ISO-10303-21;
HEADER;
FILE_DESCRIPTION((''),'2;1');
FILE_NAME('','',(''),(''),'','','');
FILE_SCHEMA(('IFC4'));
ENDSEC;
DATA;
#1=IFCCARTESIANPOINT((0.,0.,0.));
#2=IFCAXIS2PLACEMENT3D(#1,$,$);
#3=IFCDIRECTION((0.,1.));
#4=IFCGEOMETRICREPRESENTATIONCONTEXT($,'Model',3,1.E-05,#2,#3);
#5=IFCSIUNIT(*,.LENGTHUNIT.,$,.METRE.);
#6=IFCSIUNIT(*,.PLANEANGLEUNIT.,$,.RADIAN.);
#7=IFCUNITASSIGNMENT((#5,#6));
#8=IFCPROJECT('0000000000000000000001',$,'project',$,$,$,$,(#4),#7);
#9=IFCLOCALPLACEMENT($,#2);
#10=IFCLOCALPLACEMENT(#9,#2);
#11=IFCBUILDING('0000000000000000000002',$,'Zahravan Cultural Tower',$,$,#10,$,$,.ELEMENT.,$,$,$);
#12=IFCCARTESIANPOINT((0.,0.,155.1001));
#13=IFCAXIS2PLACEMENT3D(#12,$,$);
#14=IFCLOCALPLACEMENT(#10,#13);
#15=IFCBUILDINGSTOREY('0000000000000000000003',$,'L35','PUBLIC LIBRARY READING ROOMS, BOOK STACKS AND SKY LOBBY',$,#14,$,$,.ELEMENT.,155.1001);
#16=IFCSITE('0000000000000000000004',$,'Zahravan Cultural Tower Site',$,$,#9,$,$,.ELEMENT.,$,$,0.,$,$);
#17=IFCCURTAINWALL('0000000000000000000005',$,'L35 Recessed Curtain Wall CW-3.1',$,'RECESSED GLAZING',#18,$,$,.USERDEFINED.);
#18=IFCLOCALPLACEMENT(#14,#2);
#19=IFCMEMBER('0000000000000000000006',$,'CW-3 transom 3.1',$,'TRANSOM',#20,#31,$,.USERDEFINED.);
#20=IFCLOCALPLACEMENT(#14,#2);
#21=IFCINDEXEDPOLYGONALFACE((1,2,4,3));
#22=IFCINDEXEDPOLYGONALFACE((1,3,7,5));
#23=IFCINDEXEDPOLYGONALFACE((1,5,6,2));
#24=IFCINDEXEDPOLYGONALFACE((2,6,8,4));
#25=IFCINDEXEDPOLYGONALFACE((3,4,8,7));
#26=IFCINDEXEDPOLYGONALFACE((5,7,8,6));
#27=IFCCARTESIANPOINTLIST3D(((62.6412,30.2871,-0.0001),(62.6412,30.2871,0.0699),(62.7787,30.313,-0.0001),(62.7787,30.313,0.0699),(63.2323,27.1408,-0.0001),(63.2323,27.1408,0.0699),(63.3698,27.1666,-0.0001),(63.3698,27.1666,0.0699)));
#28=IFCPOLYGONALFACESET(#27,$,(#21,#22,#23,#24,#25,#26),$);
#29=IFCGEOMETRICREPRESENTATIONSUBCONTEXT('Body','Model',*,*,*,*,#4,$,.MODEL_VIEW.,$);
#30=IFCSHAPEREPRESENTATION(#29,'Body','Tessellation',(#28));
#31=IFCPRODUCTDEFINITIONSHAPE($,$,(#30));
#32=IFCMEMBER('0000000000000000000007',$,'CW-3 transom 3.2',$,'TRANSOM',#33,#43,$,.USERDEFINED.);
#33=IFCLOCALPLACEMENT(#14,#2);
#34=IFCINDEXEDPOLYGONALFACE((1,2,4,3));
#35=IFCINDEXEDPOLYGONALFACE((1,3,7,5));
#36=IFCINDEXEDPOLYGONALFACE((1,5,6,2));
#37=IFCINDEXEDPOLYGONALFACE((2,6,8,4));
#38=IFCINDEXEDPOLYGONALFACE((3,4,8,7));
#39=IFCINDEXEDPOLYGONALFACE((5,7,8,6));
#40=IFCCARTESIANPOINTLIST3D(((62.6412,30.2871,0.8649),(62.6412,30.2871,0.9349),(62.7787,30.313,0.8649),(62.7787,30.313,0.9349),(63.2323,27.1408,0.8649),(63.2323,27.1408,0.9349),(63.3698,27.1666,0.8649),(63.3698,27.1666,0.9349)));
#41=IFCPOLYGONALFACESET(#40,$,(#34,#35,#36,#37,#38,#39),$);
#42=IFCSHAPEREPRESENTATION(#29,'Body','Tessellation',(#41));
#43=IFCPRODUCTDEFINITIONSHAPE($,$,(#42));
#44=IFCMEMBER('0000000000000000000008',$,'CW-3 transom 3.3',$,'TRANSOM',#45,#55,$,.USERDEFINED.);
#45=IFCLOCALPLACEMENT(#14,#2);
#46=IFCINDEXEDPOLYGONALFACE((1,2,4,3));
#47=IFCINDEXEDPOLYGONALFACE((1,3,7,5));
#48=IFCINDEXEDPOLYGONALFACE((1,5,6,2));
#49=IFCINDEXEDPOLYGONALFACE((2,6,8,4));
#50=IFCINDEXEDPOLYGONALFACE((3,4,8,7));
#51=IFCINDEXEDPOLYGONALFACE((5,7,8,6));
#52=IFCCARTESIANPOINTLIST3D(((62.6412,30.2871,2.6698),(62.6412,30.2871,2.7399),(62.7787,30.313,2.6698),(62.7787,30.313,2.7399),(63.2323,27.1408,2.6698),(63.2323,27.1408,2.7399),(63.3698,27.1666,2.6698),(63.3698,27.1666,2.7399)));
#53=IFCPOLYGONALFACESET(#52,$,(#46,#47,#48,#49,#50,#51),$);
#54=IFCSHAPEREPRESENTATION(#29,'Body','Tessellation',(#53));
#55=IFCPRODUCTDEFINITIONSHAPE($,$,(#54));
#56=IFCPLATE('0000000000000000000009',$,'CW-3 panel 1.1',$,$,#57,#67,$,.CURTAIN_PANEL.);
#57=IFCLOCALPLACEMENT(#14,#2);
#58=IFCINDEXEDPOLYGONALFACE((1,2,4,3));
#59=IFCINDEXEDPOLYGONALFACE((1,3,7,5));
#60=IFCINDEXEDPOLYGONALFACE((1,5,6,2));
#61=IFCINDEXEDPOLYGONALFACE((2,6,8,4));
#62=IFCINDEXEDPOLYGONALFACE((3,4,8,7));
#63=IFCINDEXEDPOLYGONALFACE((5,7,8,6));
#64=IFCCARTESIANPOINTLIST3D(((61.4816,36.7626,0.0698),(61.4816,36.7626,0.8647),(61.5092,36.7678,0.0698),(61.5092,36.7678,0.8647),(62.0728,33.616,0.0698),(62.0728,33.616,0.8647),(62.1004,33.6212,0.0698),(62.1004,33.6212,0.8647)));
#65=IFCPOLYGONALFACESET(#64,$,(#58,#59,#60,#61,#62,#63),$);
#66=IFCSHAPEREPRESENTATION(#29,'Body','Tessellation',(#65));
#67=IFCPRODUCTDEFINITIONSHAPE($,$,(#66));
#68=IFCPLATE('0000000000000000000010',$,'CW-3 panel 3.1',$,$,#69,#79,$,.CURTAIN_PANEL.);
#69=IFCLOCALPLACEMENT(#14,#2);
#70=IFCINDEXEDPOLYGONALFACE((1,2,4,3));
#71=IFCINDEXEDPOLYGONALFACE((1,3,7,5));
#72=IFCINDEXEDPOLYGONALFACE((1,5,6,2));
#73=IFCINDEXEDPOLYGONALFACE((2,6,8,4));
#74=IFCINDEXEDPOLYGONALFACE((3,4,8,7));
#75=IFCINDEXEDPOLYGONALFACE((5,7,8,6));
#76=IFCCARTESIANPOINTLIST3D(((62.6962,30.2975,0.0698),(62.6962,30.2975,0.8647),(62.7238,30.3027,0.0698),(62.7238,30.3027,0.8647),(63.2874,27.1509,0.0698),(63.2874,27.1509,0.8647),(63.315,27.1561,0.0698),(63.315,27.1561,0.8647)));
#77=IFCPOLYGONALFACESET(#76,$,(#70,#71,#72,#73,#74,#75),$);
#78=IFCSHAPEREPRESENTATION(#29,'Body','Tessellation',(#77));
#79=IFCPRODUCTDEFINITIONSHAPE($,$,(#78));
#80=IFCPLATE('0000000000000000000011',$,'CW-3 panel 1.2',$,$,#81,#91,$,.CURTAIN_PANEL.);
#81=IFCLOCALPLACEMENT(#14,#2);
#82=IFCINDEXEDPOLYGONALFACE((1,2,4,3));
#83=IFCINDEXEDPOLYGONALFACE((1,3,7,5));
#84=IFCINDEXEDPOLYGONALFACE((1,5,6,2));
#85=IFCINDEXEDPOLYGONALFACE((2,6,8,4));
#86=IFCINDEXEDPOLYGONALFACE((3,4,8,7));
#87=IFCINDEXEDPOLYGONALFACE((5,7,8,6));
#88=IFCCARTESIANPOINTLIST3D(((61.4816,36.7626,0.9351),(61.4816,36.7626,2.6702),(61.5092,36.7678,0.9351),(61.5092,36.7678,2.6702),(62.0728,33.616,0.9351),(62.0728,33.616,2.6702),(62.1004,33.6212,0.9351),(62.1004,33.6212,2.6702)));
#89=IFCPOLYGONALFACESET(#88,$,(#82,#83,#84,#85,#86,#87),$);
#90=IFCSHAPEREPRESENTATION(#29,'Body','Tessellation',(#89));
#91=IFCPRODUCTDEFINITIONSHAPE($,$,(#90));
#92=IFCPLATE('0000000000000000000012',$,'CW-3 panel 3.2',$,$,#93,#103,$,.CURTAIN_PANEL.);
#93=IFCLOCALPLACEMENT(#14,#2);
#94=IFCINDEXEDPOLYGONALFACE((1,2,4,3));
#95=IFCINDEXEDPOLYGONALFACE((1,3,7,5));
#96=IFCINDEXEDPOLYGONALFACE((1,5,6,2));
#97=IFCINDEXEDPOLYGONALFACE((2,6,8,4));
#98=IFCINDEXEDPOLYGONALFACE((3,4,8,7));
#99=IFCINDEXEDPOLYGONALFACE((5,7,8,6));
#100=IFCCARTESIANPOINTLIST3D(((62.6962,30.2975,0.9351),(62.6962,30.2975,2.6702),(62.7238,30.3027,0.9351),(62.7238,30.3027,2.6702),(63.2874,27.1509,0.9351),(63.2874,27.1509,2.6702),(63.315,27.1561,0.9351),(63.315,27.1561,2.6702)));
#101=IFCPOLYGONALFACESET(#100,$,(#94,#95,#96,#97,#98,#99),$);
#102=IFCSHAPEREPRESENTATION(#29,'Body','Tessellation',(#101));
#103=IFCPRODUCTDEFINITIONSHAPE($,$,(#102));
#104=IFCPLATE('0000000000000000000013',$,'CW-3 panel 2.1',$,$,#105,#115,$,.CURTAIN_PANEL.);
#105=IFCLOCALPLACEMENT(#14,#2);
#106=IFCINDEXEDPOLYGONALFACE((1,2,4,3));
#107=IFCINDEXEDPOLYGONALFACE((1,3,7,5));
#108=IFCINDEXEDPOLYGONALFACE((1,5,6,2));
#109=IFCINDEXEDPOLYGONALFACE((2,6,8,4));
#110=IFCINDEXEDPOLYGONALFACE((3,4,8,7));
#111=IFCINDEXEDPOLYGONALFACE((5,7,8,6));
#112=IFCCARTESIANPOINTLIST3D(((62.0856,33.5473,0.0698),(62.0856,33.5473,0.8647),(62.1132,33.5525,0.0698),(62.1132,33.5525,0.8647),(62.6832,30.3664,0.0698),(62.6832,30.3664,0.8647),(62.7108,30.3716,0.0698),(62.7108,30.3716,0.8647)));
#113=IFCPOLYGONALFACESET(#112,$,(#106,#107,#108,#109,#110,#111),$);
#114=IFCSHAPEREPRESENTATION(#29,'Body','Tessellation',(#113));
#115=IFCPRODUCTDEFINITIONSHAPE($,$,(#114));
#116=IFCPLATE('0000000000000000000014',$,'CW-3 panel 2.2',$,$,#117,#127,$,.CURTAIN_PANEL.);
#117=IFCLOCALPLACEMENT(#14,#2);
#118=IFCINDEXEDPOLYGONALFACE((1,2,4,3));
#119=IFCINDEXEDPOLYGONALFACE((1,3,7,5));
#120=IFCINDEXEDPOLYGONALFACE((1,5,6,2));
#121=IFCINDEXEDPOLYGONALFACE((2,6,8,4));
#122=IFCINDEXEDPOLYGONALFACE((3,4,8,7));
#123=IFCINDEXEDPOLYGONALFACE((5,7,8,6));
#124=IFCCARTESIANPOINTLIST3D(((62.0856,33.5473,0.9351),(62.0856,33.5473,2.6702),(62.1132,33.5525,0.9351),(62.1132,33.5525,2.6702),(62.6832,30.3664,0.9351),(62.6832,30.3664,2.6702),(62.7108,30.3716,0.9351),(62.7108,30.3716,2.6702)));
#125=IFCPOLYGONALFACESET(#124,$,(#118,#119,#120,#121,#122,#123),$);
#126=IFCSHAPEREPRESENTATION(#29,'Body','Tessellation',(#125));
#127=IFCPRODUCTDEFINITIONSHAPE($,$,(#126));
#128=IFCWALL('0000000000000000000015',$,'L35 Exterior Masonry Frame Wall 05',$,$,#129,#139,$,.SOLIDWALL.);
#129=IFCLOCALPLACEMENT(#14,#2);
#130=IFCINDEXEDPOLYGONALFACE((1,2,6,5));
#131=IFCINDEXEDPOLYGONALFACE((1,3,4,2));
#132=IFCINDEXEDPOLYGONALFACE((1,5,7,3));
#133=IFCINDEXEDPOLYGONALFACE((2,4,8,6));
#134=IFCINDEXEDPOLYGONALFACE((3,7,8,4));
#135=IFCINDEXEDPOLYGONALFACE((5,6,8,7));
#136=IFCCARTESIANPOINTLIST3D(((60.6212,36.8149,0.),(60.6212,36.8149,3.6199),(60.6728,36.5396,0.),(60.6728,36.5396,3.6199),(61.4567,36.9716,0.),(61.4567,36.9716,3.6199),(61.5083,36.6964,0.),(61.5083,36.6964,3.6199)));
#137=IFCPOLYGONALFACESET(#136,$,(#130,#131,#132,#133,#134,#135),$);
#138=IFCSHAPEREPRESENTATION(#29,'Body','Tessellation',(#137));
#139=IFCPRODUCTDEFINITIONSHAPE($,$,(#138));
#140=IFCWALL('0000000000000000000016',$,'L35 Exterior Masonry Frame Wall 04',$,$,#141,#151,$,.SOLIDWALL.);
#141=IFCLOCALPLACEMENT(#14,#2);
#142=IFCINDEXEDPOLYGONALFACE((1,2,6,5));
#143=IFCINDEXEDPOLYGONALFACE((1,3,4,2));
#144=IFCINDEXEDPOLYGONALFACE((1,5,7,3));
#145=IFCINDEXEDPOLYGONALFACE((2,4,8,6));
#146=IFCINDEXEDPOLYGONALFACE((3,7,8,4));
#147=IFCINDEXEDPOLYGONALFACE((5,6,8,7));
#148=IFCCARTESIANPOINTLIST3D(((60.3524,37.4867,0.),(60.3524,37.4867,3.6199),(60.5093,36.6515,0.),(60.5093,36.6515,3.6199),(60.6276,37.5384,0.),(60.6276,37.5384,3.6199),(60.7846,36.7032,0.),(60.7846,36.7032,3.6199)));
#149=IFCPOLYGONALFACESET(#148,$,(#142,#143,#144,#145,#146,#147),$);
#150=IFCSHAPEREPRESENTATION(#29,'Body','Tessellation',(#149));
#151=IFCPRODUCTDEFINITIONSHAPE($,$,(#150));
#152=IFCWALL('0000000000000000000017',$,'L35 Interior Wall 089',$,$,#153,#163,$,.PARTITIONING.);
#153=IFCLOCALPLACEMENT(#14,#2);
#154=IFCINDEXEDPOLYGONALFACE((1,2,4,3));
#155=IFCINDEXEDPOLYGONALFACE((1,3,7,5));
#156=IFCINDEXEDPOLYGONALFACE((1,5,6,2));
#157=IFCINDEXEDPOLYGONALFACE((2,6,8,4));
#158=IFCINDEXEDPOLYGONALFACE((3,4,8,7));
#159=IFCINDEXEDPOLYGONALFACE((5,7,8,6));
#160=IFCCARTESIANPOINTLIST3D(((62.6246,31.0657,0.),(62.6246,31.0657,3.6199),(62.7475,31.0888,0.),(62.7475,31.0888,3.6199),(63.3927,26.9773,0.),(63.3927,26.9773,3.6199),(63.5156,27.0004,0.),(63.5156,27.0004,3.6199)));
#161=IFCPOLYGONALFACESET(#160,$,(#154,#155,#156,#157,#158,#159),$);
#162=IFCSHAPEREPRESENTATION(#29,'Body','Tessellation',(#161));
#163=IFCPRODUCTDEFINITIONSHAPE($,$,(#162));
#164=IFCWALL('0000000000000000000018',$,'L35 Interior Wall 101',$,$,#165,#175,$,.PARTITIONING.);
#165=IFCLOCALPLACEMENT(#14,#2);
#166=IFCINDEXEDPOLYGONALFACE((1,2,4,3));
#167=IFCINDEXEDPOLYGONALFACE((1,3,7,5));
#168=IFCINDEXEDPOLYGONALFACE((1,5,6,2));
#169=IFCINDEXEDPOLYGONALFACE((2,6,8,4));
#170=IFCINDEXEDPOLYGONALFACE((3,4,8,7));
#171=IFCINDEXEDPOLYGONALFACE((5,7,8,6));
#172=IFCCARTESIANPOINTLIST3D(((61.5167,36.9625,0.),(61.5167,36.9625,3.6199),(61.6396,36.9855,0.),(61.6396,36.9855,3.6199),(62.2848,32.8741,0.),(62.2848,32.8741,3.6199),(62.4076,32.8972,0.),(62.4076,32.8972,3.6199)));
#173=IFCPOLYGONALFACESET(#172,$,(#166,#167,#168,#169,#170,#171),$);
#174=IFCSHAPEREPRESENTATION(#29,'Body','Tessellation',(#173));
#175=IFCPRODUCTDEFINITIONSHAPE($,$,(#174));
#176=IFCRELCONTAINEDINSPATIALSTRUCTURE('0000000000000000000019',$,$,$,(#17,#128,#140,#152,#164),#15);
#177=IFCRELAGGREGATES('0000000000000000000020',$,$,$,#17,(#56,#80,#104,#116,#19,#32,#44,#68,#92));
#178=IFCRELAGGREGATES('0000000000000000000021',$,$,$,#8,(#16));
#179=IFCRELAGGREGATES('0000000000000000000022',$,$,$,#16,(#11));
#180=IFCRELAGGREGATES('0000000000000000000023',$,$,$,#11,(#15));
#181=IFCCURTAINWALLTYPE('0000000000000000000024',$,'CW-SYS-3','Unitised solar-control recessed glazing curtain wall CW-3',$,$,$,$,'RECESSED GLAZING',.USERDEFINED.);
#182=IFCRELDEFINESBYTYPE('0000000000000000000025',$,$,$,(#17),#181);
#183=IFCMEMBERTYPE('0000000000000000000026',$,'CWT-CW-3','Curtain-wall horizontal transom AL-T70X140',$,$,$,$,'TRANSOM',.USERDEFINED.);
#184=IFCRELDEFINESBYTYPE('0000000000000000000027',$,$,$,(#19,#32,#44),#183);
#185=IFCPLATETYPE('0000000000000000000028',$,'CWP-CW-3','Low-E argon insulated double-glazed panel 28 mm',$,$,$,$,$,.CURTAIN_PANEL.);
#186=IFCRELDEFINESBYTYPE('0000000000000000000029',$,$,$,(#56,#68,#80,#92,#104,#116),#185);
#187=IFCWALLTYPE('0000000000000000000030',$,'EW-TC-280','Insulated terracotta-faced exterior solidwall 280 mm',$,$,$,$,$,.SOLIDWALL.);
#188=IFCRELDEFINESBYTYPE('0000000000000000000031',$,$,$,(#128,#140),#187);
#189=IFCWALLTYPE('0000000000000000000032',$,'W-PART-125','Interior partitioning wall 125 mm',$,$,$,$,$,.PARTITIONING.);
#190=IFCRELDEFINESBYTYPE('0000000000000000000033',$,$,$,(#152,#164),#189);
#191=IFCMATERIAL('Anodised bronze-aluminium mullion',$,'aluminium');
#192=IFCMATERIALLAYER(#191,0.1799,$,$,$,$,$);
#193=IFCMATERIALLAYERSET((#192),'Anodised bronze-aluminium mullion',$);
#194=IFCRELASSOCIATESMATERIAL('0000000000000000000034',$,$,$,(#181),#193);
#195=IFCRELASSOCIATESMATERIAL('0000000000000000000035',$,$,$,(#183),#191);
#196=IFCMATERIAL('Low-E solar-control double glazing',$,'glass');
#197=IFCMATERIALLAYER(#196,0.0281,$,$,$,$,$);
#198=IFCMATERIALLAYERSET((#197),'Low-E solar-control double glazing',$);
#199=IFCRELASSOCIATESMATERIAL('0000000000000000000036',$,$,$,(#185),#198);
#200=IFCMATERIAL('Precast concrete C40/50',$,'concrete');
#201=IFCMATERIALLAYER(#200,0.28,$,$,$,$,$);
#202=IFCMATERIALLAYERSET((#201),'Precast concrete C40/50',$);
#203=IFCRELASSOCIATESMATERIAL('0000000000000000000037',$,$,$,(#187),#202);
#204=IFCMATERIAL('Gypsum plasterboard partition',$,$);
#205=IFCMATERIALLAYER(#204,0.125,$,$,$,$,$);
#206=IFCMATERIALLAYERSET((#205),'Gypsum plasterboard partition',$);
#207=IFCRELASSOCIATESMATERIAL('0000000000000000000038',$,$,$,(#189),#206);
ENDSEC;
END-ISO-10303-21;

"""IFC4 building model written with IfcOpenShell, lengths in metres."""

from ifc_helpers import new_model, si_unit, direction, frame, frame_2d, origin, origin_2d, place, context, subcontext, project, spatial, rectangle, extrude, source, transform, mapped, material, layer, layer_set, material_profile, profile_set, type_object, element, aggregate, save


model = new_model("IFC4")

# Units and contexts
model_context = context("Model", 3, precision=1e-05, world=origin(), true_north=direction((0.0, 1.0)))
body_context = subcontext(model_context, "Body", "Model", "MODEL_VIEW")
ifc_project = project(units=[si_unit("LENGTHUNIT", "METRE"), si_unit("PLANEANGLEUNIT", "RADIAN")], contexts=[model_context])

# Site, building, storey
site_placement = place(None, origin())
site = spatial("IfcSite", under=ifc_project, at=site_placement, Name="Zahravan Cultural Tower Site", CompositionType="ELEMENT", RefElevation=0.0)
building_placement = place(site_placement, origin())
building = spatial("IfcBuilding", under=site, at=building_placement, Name="Zahravan Cultural Tower", CompositionType="ELEMENT")
storey_placement = place(building_placement, frame((0.0, 0.0, 155.1001)))
storey = spatial("IfcBuildingStorey", under=building, at=storey_placement, Name="L35", Description="PUBLIC LIBRARY READING ROOMS, BOOK STACKS AND SKY LOBBY", CompositionType="ELEMENT", Elevation=155.1001)

# Curtain wall, members, plates
ifc_material_1 = material(Name="Anodised bronze-aluminium mullion", Category="aluminium")
ifc_layer_1 = layer(ifc_material_1, 0.1799)
ifc_layer_set_1 = layer_set([ifc_layer_1], Name="Anodised bronze-aluminium mullion")
curtain_wall_type = type_object("IfcCurtainWallType", Name="CW-SYS-3", Description="Unitised solar-control recessed glazing curtain wall CW-3", ElementType="RECESSED GLAZING", PredefinedType="USERDEFINED", material=ifc_layer_set_1)
curtain_wall_placement = place(storey_placement, origin())
curtain_wall = element("IfcCurtainWall", 1, at=curtain_wall_placement, inside=storey, type_object=curtain_wall_type, Name="L35 Recessed Curtain Wall CW-3.1", ObjectType="RECESSED GLAZING", PredefinedType="USERDEFINED")
ifc_material_profile_1 = material_profile(ifc_material_1, rectangle(XDim=0.1399, YDim=0.0701, at=origin_2d()), Name="AL-T70X140")
ifc_profile_set_1 = profile_set([ifc_material_profile_1], Name="Anodised bronze-aluminium mullion")
member_type_1 = type_object("IfcMemberType", Name="CWT-CW-3", Description="Curtain-wall horizontal transom AL-T70X140", ElementType="TRANSOM", PredefinedType="USERDEFINED", material=ifc_profile_set_1)
shared_shape_1 = source(origin(), body_context, "Body", "SweptSolid", [
    extrude(rectangle(XDim=0.1399, YDim=0.0701, at=origin_2d()), origin(), (0.0, 0.0, 1.0), 3.2014),
])
member_1_placement = place(storey_placement, frame((62.71, 30.3, 0.0349), z_axis=(0.18462, -0.98281, 0.0), x_axis=(0.98281, 0.18462, 0.0)))
member_1 = element("IfcMember", 2, at=member_1_placement, type_object=member_type_1, Name="CW-3 transom 3.1", ObjectType="TRANSOM", PredefinedType="USERDEFINED", context=body_context, shape_type="MappedRepresentation", body=[
    mapped(shared_shape_1, transform((0.0, 0.0, 0.0), x_axis=(1.0, 0.0, 0.0), y_axis=(0.0, 1.0, 0.0), z_axis=(0.0, 0.0, 1.0), scale=1.0)),
])
member_2_placement = place(storey_placement, frame((62.71, 30.3, 0.8999), z_axis=(0.18462, -0.98281, 0.0), x_axis=(0.98281, 0.18462, 0.0)))
member_2 = element("IfcMember", 3, at=member_2_placement, type_object=member_type_1, Name="CW-3 transom 3.2", ObjectType="TRANSOM", PredefinedType="USERDEFINED", context=body_context, shape_type="MappedRepresentation", body=[
    mapped(shared_shape_1, transform((0.0, 0.0, 0.0), x_axis=(1.0, 0.0, 0.0), y_axis=(0.0, 1.0, 0.0), z_axis=(0.0, 0.0, 1.0), scale=1.0)),
])
member_3_placement = place(storey_placement, frame((62.71, 30.3, 2.7048), z_axis=(0.18462, -0.98281, 0.0), x_axis=(0.98281, 0.18462, 0.0)))
member_3 = element("IfcMember", 4, at=member_3_placement, type_object=member_type_1, Name="CW-3 transom 3.3", ObjectType="TRANSOM", PredefinedType="USERDEFINED", context=body_context, shape_type="MappedRepresentation", body=[
    mapped(shared_shape_1, transform((0.0, 0.0, 0.0), x_axis=(1.0, 0.0, 0.0), y_axis=(0.0, 1.0, 0.0), z_axis=(0.0, 0.0, 1.0), scale=1.0)),
])
ifc_material_2 = material(Name="Low-E solar-control double glazing", Category="glass")
ifc_layer_2 = layer(ifc_material_2, 0.0281)
ifc_layer_set_2 = layer_set([ifc_layer_2], Name="Low-E solar-control double glazing")
plate_type = type_object("IfcPlateType", Name="CWP-CW-3", Description="Low-E argon insulated double-glazed panel 28 mm", PredefinedType="CURTAIN_PANEL", material=ifc_layer_set_2)
shared_shape_2 = source(origin(), body_context, "Body", "SweptSolid", [
    extrude(rectangle(XDim=3.2017, YDim=0.0281, at=origin_2d()), origin(), (0.0, 0.0, 1.0), 0.7949),
])
plate_1_placement = place(storey_placement, frame((61.791, 35.1919, 0.0698), z_axis=(0.0, 0.0, 1.0), x_axis=(0.184638, -0.982807, 0.0)))
plate_1 = element("IfcPlate", 5, at=plate_1_placement, type_object=plate_type, Name="CW-3 panel 1.1", PredefinedType="CURTAIN_PANEL", context=body_context, shape_type="MappedRepresentation", body=[
    mapped(shared_shape_2, transform((0.0, 0.0, 0.0), x_axis=(1.0, 0.0, 0.0), y_axis=(0.0, 1.0, 0.0), z_axis=(0.0, 0.0, 1.0), scale=1.0)),
])
plate_2_placement = place(storey_placement, frame((63.0056, 28.7268, 0.0698), z_axis=(0.0, 0.0, 1.0), x_axis=(0.184638, -0.982807, 0.0)))
plate_2 = element("IfcPlate", 6, at=plate_2_placement, type_object=plate_type, Name="CW-3 panel 3.1", PredefinedType="CURTAIN_PANEL", context=body_context, shape_type="MappedRepresentation", body=[
    mapped(shared_shape_2, transform((0.0, 0.0, 0.0), x_axis=(1.0, 0.0, 0.0), y_axis=(0.0, 1.0, 0.0), z_axis=(0.0, 0.0, 1.0), scale=1.0)),
])
shared_shape_3 = source(origin(), body_context, "Body", "SweptSolid", [
    extrude(rectangle(XDim=3.2017, YDim=0.0281, at=origin_2d()), origin(), (0.0, 0.0, 1.0), 1.7351),
])
plate_3_placement = place(storey_placement, frame((61.791, 35.1919, 0.9351), z_axis=(0.0, 0.0, 1.0), x_axis=(0.184638, -0.982807, 0.0)))
plate_3 = element("IfcPlate", 7, at=plate_3_placement, type_object=plate_type, Name="CW-3 panel 1.2", PredefinedType="CURTAIN_PANEL", context=body_context, shape_type="MappedRepresentation", body=[
    mapped(shared_shape_3, transform((0.0, 0.0, 0.0), x_axis=(1.0, 0.0, 0.0), y_axis=(0.0, 1.0, 0.0), z_axis=(0.0, 0.0, 1.0), scale=1.0)),
])
plate_4_placement = place(storey_placement, frame((63.0056, 28.7268, 0.9351), z_axis=(0.0, 0.0, 1.0), x_axis=(0.184638, -0.982807, 0.0)))
plate_4 = element("IfcPlate", 8, at=plate_4_placement, type_object=plate_type, Name="CW-3 panel 3.2", PredefinedType="CURTAIN_PANEL", context=body_context, shape_type="MappedRepresentation", body=[
    mapped(shared_shape_3, transform((0.0, 0.0, 0.0), x_axis=(1.0, 0.0, 0.0), y_axis=(0.0, 1.0, 0.0), z_axis=(0.0, 0.0, 1.0), scale=1.0)),
])
shared_shape_4 = source(origin(), body_context, "Body", "SweptSolid", [
    extrude(rectangle(XDim=3.2366, YDim=0.0281, at=origin_2d()), origin(), (0.0, 0.0, 1.0), 0.7949),
])
plate_5_placement = place(storey_placement, frame((62.3982, 31.9595, 0.0698), z_axis=(0.0, 0.0, 1.0), x_axis=(0.184638, -0.982807, 0.0)))
plate_5 = element("IfcPlate", 9, at=plate_5_placement, type_object=plate_type, Name="CW-3 panel 2.1", PredefinedType="CURTAIN_PANEL", context=body_context, shape_type="MappedRepresentation", body=[
    mapped(shared_shape_4, transform((0.0, 0.0, 0.0), x_axis=(1.0, 0.0, 0.0), y_axis=(0.0, 1.0, 0.0), z_axis=(0.0, 0.0, 1.0), scale=1.0)),
])
shared_shape_5 = source(origin(), body_context, "Body", "SweptSolid", [
    extrude(rectangle(XDim=3.2366, YDim=0.0281, at=origin_2d()), origin(), (0.0, 0.0, 1.0), 1.7351),
])
plate_6_placement = place(storey_placement, frame((62.3982, 31.9595, 0.9351), z_axis=(0.0, 0.0, 1.0), x_axis=(0.184638, -0.982807, 0.0)))
plate_6 = element("IfcPlate", 10, at=plate_6_placement, type_object=plate_type, Name="CW-3 panel 2.2", PredefinedType="CURTAIN_PANEL", context=body_context, shape_type="MappedRepresentation", body=[
    mapped(shared_shape_5, transform((0.0, 0.0, 0.0), x_axis=(1.0, 0.0, 0.0), y_axis=(0.0, 1.0, 0.0), z_axis=(0.0, 0.0, 1.0), scale=1.0)),
])
aggregate(curtain_wall, [plate_1, plate_3, plate_5, plate_6, member_1, member_2, member_3, plate_2, plate_4])

# Walls
ifc_material_3 = material(Name="Precast concrete C40/50", Category="concrete")
ifc_layer_3 = layer(ifc_material_3, 0.28)
ifc_layer_set_3 = layer_set([ifc_layer_3], Name="Precast concrete C40/50")
wall_type_1 = type_object("IfcWallType", Name="EW-TC-280", Description="Insulated terracotta-faced exterior solidwall 280 mm", PredefinedType="SOLIDWALL", material=ifc_layer_set_3)
shared_shape_6 = source(origin(), body_context, "Body", "SweptSolid", [
    extrude(rectangle(XDim=0.8501, YDim=0.28, at=frame_2d((0.425, 0.0))), origin(), (0.0, 0.0, 1.0), 3.6199),
])
wall_1_placement = place(storey_placement, frame((60.647, 36.6772, 0.0), z_axis=(0.0, 0.0, 1.0), x_axis=(0.982853, 0.184393, 0.0)))
element("IfcWall", 11, at=wall_1_placement, inside=storey, type_object=wall_type_1, Name="L35 Exterior Masonry Frame Wall 05", PredefinedType="SOLIDWALL", context=body_context, shape_type="MappedRepresentation", body=[
    mapped(shared_shape_6, transform((0.0, 0.0, 0.0), x_axis=(1.0, 0.0, 0.0), y_axis=(0.0, 1.0, 0.0), z_axis=(0.0, 0.0, 1.0), scale=1.0)),
])
shared_shape_7 = source(origin(), body_context, "Body", "SweptSolid", [
    extrude(rectangle(XDim=0.8499, YDim=0.28, at=frame_2d((0.4248, 0.0))), origin(), (0.0, 0.0, 1.0), 3.6199),
])
wall_2_placement = place(storey_placement, frame((60.49, 37.5125, 0.0), z_axis=(0.0, 0.0, 1.0), x_axis=(0.184722, -0.982791, 0.0)))
element("IfcWall", 12, at=wall_2_placement, inside=storey, type_object=wall_type_1, Name="L35 Exterior Masonry Frame Wall 04", PredefinedType="SOLIDWALL", context=body_context, shape_type="MappedRepresentation", body=[
    mapped(shared_shape_7, transform((0.0, 0.0, 0.0), x_axis=(1.0, 0.0, 0.0), y_axis=(0.0, 1.0, 0.0), z_axis=(0.0, 0.0, 1.0), scale=1.0)),
])
ifc_material_4 = material(Name="Gypsum plasterboard partition")
ifc_layer_4 = layer(ifc_material_4, 0.125)
ifc_layer_set_4 = layer_set([ifc_layer_4], Name="Gypsum plasterboard partition")
wall_type_2 = type_object("IfcWallType", Name="W-PART-125", Description="Interior partitioning wall 125 mm", PredefinedType="PARTITIONING", material=ifc_layer_set_4)
shared_shape_8 = source(origin(), body_context, "Body", "SweptSolid", [
    extrude(rectangle(XDim=4.1599, YDim=0.125, at=frame_2d((2.0801, 0.0))), origin(), (0.0, 0.0, 1.0), 3.6199),
])
for number, where, z_axis, x_axis, name in (
    (13, (62.686, 31.0774, 0.0), (0.0, 0.0, 1.0), (0.184636, -0.982807, 0.0), "L35 Interior Wall 089"),
    (14, (61.5781, 36.9741, 0.0), (0.0, 0.0, 1.0), (0.184636, -0.982807, 0.0), "L35 Interior Wall 101"),
):
    element("IfcWall", number, at=place(storey_placement, frame(where, z_axis=z_axis, x_axis=x_axis)), inside=storey, type_object=wall_type_2, Name=name, PredefinedType="PARTITIONING", context=body_context, shape_type="MappedRepresentation", body=[
        mapped(shared_shape_8, transform((0.0, 0.0, 0.0), x_axis=(1.0, 0.0, 0.0), y_axis=(0.0, 1.0, 0.0), z_axis=(0.0, 0.0, 1.0), scale=1.0)),
    ])

save(model, "model.ifc")
